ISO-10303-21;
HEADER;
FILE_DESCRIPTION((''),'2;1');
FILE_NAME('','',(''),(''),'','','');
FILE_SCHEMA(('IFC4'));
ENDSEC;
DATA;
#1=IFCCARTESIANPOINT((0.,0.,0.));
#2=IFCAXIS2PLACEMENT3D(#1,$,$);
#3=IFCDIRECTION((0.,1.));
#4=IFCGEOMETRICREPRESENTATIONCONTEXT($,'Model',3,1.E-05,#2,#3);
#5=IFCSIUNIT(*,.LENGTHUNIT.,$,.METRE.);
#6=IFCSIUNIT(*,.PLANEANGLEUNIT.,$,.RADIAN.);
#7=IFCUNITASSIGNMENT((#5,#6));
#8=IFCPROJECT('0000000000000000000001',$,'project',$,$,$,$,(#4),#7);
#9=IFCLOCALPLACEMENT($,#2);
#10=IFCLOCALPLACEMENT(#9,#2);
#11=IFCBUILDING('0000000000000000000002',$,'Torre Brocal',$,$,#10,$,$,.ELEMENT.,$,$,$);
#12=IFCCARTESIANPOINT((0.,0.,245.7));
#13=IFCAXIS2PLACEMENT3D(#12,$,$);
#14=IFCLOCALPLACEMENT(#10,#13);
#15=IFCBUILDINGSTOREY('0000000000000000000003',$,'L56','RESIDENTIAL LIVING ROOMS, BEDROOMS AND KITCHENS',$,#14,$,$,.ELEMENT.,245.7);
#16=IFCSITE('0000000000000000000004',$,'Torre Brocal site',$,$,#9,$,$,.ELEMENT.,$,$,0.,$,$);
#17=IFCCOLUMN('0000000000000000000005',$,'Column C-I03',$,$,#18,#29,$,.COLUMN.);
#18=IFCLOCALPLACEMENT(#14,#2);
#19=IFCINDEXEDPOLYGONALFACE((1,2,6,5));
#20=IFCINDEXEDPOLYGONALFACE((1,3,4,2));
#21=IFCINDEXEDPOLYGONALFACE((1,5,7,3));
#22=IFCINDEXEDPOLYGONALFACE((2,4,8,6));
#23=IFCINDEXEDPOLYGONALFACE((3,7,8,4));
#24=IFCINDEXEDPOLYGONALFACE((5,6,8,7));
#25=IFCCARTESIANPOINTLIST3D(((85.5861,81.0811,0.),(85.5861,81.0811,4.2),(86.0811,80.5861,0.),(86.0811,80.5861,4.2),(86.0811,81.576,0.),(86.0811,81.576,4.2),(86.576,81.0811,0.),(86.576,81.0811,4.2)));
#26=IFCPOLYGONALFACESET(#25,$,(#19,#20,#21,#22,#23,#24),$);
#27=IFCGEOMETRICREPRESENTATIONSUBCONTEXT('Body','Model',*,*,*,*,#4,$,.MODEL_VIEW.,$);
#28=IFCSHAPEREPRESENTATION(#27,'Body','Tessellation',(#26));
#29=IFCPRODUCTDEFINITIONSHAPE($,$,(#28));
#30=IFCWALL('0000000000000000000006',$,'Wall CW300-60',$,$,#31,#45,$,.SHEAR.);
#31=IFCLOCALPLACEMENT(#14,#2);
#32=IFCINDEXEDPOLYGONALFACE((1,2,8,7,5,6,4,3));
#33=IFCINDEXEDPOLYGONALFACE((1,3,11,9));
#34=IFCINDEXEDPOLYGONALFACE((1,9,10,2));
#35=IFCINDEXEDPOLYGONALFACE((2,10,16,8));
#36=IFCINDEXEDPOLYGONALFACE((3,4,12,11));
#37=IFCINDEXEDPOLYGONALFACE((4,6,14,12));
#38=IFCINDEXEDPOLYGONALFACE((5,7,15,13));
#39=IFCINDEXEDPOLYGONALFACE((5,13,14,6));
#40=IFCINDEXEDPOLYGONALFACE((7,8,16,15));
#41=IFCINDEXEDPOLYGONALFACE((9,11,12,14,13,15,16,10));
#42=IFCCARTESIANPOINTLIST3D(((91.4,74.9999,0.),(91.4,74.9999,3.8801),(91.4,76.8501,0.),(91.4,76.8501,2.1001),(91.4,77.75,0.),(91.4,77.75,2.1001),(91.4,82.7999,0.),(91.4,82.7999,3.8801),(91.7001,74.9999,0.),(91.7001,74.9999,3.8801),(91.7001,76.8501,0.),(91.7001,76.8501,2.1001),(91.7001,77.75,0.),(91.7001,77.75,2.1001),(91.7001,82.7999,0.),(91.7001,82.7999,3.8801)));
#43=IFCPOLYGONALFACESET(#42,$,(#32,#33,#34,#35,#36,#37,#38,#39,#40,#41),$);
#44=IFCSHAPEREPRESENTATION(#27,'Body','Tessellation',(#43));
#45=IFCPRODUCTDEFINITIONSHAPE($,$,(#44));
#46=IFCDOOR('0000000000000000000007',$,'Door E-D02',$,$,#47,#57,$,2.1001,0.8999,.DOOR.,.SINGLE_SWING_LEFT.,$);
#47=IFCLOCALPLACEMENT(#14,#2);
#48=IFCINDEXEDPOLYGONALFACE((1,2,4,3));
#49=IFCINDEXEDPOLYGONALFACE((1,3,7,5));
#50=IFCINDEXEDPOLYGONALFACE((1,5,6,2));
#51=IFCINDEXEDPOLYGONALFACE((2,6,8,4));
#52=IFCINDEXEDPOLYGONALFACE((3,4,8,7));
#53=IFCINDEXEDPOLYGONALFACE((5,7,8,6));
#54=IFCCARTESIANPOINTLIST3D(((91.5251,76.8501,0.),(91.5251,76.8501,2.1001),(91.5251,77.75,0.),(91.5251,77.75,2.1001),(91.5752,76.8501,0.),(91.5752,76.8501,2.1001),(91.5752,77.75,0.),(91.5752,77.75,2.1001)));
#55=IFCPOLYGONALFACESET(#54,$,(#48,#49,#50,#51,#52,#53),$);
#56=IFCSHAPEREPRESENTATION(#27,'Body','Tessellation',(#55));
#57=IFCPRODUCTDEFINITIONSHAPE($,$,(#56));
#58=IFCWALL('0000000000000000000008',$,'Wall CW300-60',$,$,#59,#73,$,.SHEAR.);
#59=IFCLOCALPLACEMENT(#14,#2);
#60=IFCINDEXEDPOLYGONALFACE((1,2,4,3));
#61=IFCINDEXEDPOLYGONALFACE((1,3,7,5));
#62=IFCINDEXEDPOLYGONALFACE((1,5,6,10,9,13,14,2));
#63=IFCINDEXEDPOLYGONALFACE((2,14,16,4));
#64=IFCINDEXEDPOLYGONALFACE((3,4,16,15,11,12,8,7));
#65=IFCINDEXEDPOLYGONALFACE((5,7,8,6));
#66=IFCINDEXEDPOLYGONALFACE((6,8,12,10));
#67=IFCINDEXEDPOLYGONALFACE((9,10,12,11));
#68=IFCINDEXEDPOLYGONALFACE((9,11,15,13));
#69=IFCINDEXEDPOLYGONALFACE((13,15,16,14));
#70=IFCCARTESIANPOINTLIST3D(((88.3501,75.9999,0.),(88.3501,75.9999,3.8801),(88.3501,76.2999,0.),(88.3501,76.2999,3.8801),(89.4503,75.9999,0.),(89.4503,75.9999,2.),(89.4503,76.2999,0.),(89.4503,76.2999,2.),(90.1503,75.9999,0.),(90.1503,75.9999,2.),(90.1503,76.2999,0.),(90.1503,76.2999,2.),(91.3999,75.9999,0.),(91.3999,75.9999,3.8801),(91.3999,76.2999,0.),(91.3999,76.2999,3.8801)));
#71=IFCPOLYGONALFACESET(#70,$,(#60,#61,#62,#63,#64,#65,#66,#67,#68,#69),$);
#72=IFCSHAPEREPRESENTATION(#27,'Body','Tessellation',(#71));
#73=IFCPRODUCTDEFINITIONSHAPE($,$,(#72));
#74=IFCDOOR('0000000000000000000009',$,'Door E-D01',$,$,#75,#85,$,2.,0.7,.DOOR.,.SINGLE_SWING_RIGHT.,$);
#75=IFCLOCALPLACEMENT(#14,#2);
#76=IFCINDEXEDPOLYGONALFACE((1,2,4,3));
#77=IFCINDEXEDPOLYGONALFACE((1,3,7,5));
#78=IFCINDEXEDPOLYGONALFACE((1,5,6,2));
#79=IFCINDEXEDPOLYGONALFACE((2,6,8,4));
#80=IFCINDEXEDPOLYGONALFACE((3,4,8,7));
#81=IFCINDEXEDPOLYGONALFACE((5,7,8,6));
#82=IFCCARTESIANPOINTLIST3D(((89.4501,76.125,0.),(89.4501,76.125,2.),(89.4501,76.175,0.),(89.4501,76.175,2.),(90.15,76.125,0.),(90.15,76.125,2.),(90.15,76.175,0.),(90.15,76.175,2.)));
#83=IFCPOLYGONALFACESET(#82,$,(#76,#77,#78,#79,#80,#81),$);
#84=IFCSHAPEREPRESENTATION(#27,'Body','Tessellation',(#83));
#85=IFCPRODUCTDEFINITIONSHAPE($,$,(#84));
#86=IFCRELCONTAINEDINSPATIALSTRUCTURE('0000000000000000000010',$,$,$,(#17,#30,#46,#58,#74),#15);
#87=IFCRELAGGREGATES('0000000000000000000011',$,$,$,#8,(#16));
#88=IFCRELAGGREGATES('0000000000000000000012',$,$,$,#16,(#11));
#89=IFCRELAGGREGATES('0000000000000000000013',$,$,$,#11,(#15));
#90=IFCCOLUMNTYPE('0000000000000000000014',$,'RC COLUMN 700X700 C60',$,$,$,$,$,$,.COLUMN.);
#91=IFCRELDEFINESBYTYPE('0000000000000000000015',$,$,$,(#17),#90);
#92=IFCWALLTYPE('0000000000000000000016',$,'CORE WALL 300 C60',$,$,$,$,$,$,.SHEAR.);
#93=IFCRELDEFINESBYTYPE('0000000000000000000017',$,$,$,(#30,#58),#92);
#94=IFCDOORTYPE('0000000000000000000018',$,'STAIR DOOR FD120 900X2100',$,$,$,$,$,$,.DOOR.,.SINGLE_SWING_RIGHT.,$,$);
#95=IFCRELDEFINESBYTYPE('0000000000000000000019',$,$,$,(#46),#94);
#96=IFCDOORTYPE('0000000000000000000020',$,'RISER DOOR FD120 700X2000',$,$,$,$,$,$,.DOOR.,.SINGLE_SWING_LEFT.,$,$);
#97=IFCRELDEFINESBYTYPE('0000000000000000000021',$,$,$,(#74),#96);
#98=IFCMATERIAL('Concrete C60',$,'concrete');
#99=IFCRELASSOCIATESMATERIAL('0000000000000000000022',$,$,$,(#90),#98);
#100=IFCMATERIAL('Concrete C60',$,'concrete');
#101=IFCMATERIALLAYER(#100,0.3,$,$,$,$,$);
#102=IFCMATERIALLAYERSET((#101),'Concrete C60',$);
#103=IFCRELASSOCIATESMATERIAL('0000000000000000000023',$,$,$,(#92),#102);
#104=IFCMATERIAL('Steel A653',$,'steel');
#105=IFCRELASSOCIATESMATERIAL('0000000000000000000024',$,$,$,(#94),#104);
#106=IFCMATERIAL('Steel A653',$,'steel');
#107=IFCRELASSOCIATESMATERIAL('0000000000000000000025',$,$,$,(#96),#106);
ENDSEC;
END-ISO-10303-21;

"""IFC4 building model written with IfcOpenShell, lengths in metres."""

from ifc_helpers import new_model, si_unit, direction, frame, frame_2d, origin, origin_2d, place, context, subcontext, project, spatial, rectangle, extrude, material, layer, layer_set, material_profile, profile_set, type_object, element, fill, save


model = new_model("IFC4")

# Units and contexts
model_context = context("Model", 3, precision=1e-05, world=origin(), true_north=direction((0.0, 1.0)))
body_context = subcontext(model_context, "Body", "Model", "MODEL_VIEW")
ifc_project = project(units=[si_unit("LENGTHUNIT", "METRE"), si_unit("PLANEANGLEUNIT", "RADIAN")], contexts=[model_context])

# Site, building, storey
site_placement = place(None, origin())
site = spatial("IfcSite", under=ifc_project, at=site_placement, Name="Torre Brocal site", CompositionType="ELEMENT", RefElevation=0.0)
building_placement = place(site_placement, origin())
building = spatial("IfcBuilding", under=site, at=building_placement, Name="Torre Brocal", CompositionType="ELEMENT")
storey_placement = place(building_placement, frame((0.0, 0.0, 245.7)))
storey = spatial("IfcBuildingStorey", under=building, at=storey_placement, Name="L56", Description="RESIDENTIAL LIVING ROOMS, BEDROOMS AND KITCHENS", CompositionType="ELEMENT", Elevation=245.7)

# Column
ifc_material_1 = material(Name="Concrete C60", Category="concrete")
ifc_material_profile = material_profile(ifc_material_1, rectangle(XDim=0.7, YDim=0.7, at=origin_2d()), Name="RC 700X700")
ifc_profile_set = profile_set([ifc_material_profile], Name="Concrete C60")
column_type = type_object("IfcColumnType", Name="RC COLUMN 700X700 C60", PredefinedType="COLUMN", material=ifc_profile_set)
column_placement = place(storey_placement, frame((86.0811, 81.0811, 0.0), z_axis=(0.0, 0.0, 1.0), x_axis=(0.707107, 0.707107, 0.0)))
element("IfcColumn", 1, at=column_placement, inside=storey, type_object=column_type, Name="Column C-I03", PredefinedType="COLUMN", context=body_context, shape_type="SweptSolid", body=[
    extrude(rectangle(XDim=0.7, YDim=0.7, at=origin_2d()), origin(), (0.0, 0.0, 1.0), 4.2),
])

# Walls, openings, doors
ifc_material_2 = material(Name="Concrete C60", Category="concrete")
ifc_layer_1 = layer(ifc_material_2, 0.3)
ifc_layer_set_1 = layer_set([ifc_layer_1], Name="Concrete C60")
wall_type_1 = type_object("IfcWallType", Name="CORE WALL 300 C60", PredefinedType="SHEAR", material=ifc_layer_set_1)
wall_1_placement = place(storey_placement, frame((91.55, 75.0, 0.0), z_axis=(0.0, 0.0, 1.0), x_axis=(0.0, 1.0, 0.0)))
wall_1 = element("IfcWall", 2, at=wall_1_placement, inside=storey, type_object=wall_type_1, Name="Wall CW300-60", PredefinedType="SHEAR", context=body_context, shape_type="SweptSolid", body=[
    extrude(rectangle(XDim=7.8, YDim=0.3, at=frame_2d((3.8999, 0.0))), origin(), (0.0, 0.0, 1.0), 3.8801),
])
opening_1_placement = place(wall_1_placement, frame((1.8501, 0.0, 0.0)))
opening_1 = element("IfcOpeningElement", 3, at=opening_1_placement, cuts=wall_1, PredefinedType="OPENING", context=body_context, shape_type="SweptSolid", body=[
    extrude(rectangle(XDim=0.8999, YDim=2.1001, at=frame_2d((0.45, 1.05))), frame((0.0, 0.1599, 0.0), z_axis=(0.0, -1.0, 0.0), x_axis=(1.0, 0.0, 0.0)), (0.0, 0.0, 1.0), 0.3201),
])
ifc_material_3 = material(Name="Steel A653", Category="steel")
door_type_1 = type_object("IfcDoorType", Name="STAIR DOOR FD120 900X2100", OperationType="SINGLE_SWING_RIGHT", PredefinedType="DOOR", material=ifc_material_3)
door_1_placement = place(opening_1_placement, origin())
door_1 = element("IfcDoor", 4, at=door_1_placement, inside=storey, type_object=door_type_1, Name="Door E-D02", OperationType="SINGLE_SWING_LEFT", OverallHeight=2.1001, OverallWidth=0.8999, PredefinedType="DOOR", context=body_context, shape_type="SweptSolid", body=[
    extrude(rectangle(XDim=0.8999, YDim=2.1001, at=frame_2d((0.45, 1.05))), frame((0.0, 0.0249, 0.0), z_axis=(0.0, -1.0, 0.0), x_axis=(1.0, 0.0, 0.0)), (0.0, 0.0, 1.0), 0.05),
])
fill(opening_1, door_1)
wall_2_placement = place(storey_placement, frame((88.3501, 76.1499, 0.0), z_axis=(0.0, 0.0, 1.0), x_axis=(1.0, 0.0, 0.0)))
wall_2 = element("IfcWall", 5, at=wall_2_placement, inside=storey, type_object=wall_type_1, Name="Wall CW300-60", PredefinedType="SHEAR", context=body_context, shape_type="SweptSolid", body=[
    extrude(rectangle(XDim=3.0498, YDim=0.3, at=frame_2d((1.5249, 0.0))), origin(), (0.0, 0.0, 1.0), 3.8801),
])
opening_2_placement = place(wall_2_placement, frame((1.1001, 0.0, 0.0)))
opening_2 = element("IfcOpeningElement", 6, at=opening_2_placement, cuts=wall_2, PredefinedType="OPENING", context=body_context, shape_type="SweptSolid", body=[
    extrude(rectangle(XDim=0.7, YDim=2.0, at=frame_2d((0.3501, 1.0))), frame((0.0, 0.1599, 0.0), z_axis=(0.0, -1.0, 0.0), x_axis=(1.0, 0.0, 0.0)), (0.0, 0.0, 1.0), 0.3201),
])
ifc_material_4 = material(Name="Steel A653", Category="steel")
door_type_2 = type_object("IfcDoorType", Name="RISER DOOR FD120 700X2000", OperationType="SINGLE_SWING_LEFT", PredefinedType="DOOR", material=ifc_material_4)
door_2_placement = place(opening_2_placement, frame((0.7, 0.0, 0.0), z_axis=(0.0, 0.0, 1.0), x_axis=(-1.0, 0.0, 0.0)))
door_2 = element("IfcDoor", 7, at=door_2_placement, inside=storey, type_object=door_type_2, Name="Door E-D01", OperationType="SINGLE_SWING_RIGHT", OverallHeight=2.0, OverallWidth=0.7, PredefinedType="DOOR", context=body_context, shape_type="SweptSolid", body=[
    extrude(rectangle(XDim=0.7, YDim=2.0, at=frame_2d((0.3501, 1.0))), frame((0.0, 0.0249, 0.0), z_axis=(0.0, -1.0, 0.0), x_axis=(1.0, 0.0, 0.0)), (0.0, 0.0, 1.0), 0.05),
])
fill(opening_2, door_2)

save(model, "model.ifc")
